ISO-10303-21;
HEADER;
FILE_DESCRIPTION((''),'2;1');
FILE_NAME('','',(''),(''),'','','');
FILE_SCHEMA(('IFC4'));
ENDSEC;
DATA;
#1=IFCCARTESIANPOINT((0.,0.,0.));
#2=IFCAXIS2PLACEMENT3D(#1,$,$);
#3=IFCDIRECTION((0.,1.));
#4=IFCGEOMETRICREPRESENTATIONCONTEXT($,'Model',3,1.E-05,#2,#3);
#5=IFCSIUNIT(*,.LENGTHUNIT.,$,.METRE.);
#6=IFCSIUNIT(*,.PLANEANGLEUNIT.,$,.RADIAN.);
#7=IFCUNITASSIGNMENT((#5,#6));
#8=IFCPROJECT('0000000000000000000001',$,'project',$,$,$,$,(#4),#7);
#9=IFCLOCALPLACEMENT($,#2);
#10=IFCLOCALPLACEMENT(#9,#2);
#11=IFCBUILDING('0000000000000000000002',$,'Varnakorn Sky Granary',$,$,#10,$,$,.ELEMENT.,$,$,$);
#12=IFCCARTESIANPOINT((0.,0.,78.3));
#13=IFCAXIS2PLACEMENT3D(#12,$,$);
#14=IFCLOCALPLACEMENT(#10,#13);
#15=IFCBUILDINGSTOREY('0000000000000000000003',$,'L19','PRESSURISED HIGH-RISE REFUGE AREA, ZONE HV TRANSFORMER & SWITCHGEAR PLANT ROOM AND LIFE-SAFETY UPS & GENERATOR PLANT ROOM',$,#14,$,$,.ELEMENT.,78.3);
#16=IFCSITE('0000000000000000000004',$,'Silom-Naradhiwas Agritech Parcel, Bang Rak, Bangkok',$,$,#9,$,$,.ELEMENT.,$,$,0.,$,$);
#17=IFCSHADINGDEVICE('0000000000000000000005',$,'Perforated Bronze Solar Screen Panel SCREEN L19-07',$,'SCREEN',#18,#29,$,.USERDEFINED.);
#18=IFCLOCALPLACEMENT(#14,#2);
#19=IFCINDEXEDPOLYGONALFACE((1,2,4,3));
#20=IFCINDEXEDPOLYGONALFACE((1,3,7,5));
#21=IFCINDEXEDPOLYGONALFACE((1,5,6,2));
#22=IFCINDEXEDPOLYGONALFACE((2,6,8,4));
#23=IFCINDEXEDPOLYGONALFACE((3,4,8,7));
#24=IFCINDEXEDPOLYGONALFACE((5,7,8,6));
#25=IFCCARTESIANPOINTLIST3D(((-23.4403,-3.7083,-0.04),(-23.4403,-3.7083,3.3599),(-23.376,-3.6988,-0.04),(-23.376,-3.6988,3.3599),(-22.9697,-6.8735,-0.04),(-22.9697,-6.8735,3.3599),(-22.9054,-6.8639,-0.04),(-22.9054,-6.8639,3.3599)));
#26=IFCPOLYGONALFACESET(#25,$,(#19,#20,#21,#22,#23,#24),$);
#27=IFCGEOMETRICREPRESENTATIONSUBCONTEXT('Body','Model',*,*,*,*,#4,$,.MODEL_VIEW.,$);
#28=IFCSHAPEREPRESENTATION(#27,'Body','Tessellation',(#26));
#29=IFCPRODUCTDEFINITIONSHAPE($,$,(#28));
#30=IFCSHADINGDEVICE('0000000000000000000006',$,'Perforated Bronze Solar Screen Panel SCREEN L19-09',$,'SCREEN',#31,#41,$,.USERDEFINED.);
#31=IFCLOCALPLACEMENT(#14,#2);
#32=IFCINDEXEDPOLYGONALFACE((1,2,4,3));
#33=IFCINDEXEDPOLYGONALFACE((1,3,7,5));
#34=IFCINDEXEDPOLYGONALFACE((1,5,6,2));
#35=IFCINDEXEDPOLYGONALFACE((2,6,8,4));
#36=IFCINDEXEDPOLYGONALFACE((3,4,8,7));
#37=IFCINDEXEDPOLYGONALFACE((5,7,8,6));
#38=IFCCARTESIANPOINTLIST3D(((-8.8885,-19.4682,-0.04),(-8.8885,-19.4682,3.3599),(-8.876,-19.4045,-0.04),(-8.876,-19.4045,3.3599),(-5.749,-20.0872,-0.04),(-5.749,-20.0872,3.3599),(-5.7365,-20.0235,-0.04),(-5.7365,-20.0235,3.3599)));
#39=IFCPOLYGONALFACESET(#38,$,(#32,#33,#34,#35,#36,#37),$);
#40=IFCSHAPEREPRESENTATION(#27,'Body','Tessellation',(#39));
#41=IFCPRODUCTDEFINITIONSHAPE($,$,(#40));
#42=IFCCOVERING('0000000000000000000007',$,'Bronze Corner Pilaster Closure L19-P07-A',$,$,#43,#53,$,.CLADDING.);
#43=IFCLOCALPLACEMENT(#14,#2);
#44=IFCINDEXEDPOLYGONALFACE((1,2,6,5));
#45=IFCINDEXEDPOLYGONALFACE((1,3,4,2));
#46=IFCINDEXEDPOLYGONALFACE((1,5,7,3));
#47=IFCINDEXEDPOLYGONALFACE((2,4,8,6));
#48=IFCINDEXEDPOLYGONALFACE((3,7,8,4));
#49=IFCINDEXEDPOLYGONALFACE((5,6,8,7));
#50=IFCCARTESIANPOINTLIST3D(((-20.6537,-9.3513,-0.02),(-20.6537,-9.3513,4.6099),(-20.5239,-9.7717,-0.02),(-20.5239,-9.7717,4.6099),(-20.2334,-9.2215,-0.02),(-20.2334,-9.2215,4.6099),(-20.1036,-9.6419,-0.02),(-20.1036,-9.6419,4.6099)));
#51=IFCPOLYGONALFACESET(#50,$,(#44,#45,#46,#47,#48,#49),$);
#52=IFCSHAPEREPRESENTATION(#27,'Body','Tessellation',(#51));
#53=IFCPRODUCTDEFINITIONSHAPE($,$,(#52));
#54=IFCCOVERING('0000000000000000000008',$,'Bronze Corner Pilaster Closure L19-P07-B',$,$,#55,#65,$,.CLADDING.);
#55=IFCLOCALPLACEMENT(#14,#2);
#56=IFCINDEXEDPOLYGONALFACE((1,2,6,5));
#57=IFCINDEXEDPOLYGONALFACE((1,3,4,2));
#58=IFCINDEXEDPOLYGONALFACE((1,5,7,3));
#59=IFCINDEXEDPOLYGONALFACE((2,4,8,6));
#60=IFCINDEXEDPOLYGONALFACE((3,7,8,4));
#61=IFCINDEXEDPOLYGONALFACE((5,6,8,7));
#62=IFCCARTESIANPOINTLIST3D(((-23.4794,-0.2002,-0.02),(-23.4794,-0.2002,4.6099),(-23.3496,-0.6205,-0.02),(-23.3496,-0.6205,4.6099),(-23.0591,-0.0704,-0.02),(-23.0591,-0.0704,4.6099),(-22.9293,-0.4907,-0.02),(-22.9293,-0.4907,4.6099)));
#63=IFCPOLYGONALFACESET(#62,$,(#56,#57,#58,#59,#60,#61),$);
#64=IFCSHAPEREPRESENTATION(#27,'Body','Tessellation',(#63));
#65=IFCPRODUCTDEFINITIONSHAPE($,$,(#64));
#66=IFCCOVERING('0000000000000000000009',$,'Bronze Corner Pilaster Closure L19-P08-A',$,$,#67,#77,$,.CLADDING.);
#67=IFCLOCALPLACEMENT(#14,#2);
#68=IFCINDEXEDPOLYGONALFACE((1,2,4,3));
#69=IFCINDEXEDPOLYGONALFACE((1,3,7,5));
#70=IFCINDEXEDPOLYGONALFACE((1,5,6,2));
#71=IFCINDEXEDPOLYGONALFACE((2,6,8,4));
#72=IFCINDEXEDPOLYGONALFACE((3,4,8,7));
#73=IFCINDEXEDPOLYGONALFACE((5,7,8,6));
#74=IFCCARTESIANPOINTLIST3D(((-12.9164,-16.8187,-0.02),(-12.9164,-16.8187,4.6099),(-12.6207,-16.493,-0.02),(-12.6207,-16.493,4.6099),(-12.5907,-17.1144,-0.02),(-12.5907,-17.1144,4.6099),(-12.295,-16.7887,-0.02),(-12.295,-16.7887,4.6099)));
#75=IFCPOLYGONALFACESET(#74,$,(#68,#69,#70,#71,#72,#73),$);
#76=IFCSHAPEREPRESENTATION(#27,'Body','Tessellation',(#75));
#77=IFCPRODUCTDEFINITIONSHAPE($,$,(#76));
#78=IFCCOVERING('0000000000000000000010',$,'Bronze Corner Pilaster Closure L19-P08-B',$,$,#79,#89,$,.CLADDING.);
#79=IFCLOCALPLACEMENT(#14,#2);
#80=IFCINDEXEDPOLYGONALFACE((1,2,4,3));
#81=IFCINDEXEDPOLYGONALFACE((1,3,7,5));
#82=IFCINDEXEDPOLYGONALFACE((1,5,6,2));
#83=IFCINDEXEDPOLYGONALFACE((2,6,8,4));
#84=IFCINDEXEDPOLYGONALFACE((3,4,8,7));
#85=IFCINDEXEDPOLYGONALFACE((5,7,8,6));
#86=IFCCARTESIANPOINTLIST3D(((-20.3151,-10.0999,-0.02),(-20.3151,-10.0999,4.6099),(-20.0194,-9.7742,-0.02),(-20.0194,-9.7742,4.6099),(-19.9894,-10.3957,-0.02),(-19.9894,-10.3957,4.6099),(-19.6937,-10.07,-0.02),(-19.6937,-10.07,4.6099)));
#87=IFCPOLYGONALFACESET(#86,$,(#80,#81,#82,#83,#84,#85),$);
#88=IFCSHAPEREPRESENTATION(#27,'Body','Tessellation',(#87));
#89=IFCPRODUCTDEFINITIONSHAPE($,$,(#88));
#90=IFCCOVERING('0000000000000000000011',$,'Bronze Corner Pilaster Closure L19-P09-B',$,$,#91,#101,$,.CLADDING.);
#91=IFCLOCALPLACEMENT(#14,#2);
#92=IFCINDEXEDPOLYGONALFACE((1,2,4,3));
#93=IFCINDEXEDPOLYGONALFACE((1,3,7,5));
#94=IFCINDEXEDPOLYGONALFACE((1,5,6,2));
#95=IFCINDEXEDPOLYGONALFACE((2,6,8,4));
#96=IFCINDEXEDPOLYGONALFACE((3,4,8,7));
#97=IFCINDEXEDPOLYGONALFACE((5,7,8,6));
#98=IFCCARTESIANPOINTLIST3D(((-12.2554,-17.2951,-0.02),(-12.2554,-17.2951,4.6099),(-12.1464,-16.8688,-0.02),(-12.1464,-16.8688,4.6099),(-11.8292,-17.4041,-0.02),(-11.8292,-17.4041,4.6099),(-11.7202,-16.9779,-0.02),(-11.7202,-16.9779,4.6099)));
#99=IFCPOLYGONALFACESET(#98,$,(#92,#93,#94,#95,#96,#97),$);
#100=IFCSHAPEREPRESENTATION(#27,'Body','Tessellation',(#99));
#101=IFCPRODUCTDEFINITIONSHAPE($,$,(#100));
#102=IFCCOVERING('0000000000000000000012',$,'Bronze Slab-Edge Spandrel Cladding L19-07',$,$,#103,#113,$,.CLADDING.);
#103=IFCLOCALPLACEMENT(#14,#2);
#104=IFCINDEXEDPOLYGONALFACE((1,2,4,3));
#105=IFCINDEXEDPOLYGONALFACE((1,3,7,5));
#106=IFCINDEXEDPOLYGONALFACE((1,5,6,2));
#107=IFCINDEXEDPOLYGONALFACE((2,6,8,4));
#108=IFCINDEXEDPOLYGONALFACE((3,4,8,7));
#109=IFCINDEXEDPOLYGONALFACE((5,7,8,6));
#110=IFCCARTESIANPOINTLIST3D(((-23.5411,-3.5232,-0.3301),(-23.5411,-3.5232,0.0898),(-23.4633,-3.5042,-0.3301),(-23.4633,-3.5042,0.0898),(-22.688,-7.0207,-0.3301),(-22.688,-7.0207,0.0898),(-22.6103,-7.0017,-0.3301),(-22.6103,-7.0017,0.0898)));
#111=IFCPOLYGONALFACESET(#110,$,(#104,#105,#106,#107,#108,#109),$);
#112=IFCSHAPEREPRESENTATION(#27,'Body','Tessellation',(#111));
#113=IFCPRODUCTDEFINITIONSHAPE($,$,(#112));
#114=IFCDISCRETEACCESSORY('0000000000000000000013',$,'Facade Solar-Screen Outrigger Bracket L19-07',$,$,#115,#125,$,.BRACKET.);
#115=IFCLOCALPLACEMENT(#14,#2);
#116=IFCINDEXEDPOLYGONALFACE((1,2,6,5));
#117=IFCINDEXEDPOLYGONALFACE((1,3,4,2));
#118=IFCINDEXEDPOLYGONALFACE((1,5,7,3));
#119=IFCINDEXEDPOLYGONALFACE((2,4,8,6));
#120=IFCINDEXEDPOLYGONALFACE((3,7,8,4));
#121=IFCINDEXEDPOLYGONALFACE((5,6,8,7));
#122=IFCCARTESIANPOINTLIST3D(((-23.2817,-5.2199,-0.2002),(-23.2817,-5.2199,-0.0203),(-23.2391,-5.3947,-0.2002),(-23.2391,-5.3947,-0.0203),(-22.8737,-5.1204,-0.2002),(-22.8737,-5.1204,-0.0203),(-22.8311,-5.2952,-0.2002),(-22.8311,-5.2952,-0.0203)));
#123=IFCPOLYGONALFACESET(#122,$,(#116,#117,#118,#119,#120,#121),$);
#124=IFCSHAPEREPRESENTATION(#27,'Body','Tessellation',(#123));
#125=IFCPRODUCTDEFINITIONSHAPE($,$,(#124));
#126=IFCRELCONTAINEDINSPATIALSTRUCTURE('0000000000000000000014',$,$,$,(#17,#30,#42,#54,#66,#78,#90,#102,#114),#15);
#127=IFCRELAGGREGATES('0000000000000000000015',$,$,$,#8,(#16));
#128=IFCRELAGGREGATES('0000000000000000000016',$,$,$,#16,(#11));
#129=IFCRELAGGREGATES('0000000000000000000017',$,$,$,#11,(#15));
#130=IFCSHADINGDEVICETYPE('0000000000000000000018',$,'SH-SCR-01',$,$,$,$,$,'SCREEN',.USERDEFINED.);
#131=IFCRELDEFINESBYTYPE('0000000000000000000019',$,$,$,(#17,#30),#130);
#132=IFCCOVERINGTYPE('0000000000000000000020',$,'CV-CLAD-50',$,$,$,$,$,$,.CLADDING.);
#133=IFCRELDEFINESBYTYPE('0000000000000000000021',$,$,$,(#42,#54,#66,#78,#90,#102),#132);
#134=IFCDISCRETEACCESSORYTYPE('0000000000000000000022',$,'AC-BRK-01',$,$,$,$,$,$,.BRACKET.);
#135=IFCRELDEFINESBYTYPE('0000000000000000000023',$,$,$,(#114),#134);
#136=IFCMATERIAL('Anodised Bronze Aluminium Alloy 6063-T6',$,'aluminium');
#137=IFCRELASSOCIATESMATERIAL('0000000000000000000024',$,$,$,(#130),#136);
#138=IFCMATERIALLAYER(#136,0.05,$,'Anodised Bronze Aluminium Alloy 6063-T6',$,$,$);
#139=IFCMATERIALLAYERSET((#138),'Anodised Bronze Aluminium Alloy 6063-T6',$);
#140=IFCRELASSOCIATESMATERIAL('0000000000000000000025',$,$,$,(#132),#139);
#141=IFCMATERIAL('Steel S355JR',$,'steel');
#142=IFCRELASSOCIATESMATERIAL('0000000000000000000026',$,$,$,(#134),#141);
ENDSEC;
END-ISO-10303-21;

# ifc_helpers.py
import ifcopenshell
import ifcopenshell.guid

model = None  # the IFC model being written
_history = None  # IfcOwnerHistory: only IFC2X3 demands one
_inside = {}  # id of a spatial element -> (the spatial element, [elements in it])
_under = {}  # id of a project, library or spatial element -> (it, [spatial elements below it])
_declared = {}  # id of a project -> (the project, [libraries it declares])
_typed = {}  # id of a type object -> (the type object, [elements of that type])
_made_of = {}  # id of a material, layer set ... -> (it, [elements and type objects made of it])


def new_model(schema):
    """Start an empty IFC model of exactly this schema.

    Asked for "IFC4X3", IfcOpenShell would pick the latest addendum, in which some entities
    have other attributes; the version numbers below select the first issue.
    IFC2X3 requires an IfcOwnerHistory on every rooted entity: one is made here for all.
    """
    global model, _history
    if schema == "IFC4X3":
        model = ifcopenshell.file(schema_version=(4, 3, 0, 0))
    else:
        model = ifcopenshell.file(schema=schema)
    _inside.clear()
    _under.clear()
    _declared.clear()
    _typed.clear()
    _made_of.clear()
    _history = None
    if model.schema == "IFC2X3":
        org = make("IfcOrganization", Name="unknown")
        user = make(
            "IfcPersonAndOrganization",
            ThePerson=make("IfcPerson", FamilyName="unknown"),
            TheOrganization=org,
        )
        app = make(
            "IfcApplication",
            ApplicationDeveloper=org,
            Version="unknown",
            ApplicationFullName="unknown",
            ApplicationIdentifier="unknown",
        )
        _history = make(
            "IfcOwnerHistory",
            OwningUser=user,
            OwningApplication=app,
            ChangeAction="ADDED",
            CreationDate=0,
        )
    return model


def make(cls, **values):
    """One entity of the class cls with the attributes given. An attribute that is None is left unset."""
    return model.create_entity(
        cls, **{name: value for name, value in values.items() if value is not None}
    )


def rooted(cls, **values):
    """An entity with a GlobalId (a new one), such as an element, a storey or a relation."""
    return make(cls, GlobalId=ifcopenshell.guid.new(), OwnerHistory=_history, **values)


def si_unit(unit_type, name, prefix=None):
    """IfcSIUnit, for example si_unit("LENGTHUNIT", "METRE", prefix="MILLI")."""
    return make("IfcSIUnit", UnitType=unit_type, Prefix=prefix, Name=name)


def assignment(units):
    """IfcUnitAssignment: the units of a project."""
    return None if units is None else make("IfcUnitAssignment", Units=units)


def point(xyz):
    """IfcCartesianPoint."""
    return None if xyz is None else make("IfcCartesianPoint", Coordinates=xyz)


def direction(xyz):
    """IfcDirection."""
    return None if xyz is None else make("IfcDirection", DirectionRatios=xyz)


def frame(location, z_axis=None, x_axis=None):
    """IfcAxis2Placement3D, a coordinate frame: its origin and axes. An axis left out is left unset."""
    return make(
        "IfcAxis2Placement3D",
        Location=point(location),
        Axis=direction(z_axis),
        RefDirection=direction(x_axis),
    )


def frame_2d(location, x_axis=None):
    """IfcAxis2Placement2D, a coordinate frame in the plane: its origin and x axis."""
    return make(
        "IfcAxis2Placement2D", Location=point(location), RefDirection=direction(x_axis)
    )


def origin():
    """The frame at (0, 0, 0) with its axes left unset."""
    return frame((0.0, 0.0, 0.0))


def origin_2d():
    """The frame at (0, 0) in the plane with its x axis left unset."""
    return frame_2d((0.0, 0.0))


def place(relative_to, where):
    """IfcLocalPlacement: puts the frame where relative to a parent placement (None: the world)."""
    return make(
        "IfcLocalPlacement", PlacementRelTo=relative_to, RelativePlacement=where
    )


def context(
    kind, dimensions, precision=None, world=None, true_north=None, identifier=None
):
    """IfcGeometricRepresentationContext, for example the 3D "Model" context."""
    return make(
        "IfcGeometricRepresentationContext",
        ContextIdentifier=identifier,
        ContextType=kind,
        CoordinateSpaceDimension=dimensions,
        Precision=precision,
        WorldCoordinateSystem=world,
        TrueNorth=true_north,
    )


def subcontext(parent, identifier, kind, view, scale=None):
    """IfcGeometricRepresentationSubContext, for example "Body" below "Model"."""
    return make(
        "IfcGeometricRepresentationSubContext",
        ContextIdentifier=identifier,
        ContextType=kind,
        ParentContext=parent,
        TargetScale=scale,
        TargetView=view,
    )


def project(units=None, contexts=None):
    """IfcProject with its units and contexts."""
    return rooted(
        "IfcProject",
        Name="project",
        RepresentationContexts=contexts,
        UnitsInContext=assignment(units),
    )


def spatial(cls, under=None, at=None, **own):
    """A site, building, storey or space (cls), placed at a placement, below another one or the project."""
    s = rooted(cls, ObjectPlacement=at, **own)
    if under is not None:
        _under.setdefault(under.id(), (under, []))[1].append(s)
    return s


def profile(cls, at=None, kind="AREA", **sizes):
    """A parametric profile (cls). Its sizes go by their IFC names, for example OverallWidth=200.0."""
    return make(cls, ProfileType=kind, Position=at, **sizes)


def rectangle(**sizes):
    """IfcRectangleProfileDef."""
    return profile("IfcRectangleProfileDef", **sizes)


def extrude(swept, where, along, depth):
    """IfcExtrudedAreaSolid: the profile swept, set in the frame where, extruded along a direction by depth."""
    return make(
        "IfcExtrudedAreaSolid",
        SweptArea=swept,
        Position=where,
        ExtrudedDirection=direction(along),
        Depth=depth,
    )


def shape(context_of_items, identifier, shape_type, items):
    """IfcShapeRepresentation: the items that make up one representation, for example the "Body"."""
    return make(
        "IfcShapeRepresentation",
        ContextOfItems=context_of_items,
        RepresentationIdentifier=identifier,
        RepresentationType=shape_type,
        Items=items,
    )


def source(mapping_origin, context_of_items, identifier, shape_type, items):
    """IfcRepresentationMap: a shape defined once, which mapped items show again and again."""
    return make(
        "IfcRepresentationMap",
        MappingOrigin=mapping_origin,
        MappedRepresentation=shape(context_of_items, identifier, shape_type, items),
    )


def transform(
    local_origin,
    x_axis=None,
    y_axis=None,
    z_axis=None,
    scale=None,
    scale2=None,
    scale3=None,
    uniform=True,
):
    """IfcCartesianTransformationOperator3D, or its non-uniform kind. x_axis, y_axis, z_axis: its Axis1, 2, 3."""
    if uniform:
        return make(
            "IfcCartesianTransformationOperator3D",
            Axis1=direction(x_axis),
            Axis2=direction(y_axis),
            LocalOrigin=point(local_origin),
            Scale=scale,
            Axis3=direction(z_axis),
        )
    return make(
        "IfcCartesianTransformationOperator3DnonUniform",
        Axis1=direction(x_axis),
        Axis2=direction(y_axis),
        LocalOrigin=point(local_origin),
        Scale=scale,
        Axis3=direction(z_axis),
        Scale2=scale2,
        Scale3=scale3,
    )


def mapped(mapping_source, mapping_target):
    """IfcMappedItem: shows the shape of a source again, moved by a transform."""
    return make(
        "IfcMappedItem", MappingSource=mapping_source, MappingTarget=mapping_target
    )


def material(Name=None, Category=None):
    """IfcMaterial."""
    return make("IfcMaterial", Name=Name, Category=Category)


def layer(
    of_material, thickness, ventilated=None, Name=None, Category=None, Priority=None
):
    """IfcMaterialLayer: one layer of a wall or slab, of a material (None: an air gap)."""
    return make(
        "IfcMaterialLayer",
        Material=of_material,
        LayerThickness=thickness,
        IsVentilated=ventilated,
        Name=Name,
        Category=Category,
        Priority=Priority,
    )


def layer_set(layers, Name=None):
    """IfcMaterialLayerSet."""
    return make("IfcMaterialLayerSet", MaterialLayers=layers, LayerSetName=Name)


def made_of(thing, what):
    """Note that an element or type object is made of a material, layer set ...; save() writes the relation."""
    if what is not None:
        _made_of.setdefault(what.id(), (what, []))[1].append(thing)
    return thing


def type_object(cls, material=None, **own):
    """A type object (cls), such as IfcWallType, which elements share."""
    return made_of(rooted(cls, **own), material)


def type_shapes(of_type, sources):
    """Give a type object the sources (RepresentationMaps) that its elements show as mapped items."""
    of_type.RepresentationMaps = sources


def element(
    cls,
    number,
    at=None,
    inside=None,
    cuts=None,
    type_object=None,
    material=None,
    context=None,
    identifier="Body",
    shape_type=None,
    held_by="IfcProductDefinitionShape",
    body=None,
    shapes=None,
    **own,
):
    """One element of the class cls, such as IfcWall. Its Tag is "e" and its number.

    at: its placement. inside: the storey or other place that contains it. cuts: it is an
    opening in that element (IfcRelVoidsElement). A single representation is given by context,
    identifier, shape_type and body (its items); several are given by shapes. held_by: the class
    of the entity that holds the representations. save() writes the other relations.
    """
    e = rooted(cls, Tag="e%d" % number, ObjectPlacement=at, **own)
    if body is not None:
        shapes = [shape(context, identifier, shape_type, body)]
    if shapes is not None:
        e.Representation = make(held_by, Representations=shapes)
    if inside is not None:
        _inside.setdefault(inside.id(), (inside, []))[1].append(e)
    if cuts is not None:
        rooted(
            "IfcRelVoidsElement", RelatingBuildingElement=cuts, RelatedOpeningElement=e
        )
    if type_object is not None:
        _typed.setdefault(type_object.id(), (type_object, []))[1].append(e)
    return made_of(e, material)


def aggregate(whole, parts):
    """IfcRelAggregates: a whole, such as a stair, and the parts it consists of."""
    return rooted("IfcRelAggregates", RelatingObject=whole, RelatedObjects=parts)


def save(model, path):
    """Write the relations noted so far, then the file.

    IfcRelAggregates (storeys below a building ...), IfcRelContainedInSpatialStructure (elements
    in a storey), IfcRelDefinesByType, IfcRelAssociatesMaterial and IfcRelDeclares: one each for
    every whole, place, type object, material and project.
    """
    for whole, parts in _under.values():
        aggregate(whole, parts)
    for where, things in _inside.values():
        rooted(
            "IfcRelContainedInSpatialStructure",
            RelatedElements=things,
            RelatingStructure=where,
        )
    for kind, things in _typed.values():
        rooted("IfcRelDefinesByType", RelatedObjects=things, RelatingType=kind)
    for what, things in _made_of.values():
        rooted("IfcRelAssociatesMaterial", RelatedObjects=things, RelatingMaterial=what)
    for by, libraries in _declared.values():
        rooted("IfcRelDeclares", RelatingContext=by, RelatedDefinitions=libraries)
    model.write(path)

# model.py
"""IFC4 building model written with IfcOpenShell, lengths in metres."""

from ifc_helpers import new_model, si_unit, direction, frame, origin, origin_2d, place, context, subcontext, project, spatial, rectangle, extrude, source, transform, mapped, material, layer, layer_set, type_object, type_shapes, element, save


model = new_model("IFC4")

# Units and contexts
model_context = context("Model", 3, precision=1e-05, world=origin(), true_north=direction((0.0, 1.0)))
body_context = subcontext(model_context, "Body", "Model", "MODEL_VIEW")
ifc_project = project(units=[si_unit("LENGTHUNIT", "METRE"), si_unit("PLANEANGLEUNIT", "RADIAN")], contexts=[model_context])

# Site, building, storey
site_placement = place(None, origin())
site = spatial("IfcSite", under=ifc_project, at=site_placement, Name="Silom-Naradhiwas Agritech Parcel, Bang Rak, Bangkok", CompositionType="ELEMENT", RefElevation=0.0)
building_placement = place(site_placement, origin())
building = spatial("IfcBuilding", under=site, at=building_placement, Name="Varnakorn Sky Granary", CompositionType="ELEMENT")
storey_placement = place(building_placement, frame((0.0, 0.0, 78.3)))
storey = spatial("IfcBuildingStorey", under=building, at=storey_placement, Name="L19", Description="PRESSURISED HIGH-RISE REFUGE AREA, ZONE HV TRANSFORMER & SWITCHGEAR PLANT ROOM AND LIFE-SAFETY UPS & GENERATOR PLANT ROOM", CompositionType="ELEMENT", Elevation=78.3)

# Shared definitions
ifc_material_1 = material(Name="Steel S355JR", Category="steel")

# Shading devices
ifc_material_2 = material(Name="Anodised Bronze Aluminium Alloy 6063-T6", Category="aluminium")
shading_device_type = type_object("IfcShadingDeviceType", Name="SH-SCR-01", ElementType="SCREEN", PredefinedType="USERDEFINED", material=ifc_material_2)
shared_shape_1 = source(origin(), body_context, "Body", "SweptSolid", [
    extrude(rectangle(XDim=3.2, YDim=0.0649, at=origin_2d()), origin(), (0.0, 0.0, 1.0), 3.3999),
])
type_shapes(shading_device_type, [shared_shape_1])
for number, where, z_axis, x_axis, name in (
    (1, (-23.1729, -5.2861, -0.04), (0.0, 0.0, 1.0), (0.147067, -0.989127, 0.0), "Perforated Bronze Solar Screen Panel SCREEN L19-07"),
    (2, (-7.3125, -19.7458, -0.04), (0.0, 0.0, 1.0), (0.981116, -0.193422, 0.0), "Perforated Bronze Solar Screen Panel SCREEN L19-09"),
):
    element("IfcShadingDevice", number, at=place(storey_placement, frame(where, z_axis=z_axis, x_axis=x_axis)), inside=storey, type_object=shading_device_type, Name=name, ObjectType="SCREEN", PredefinedType="USERDEFINED", context=body_context, shape_type="MappedRepresentation", body=[
        mapped(shared_shape_1, transform((0.0, 0.0, 0.0), x_axis=(1.0, 0.0, 0.0), y_axis=(0.0, 1.0, 0.0), z_axis=(0.0, 0.0, 1.0), scale=1.0)),
    ])

# Coverings
ifc_layer_1 = layer(ifc_material_2, 0.05, Name="Anodised Bronze Aluminium Alloy 6063-T6")
ifc_layer_set_1 = layer_set([ifc_layer_1], Name="Anodised Bronze Aluminium Alloy 6063-T6")
covering_type = type_object("IfcCoveringType", Name="CV-CLAD-50", PredefinedType="CLADDING", material=ifc_layer_set_1)
shared_shape_2 = source(origin(), body_context, "Body", "SweptSolid", [
    extrude(rectangle(XDim=0.4399, YDim=0.4399, at=origin_2d()), origin(), (0.0, 0.0, 1.0), 4.6299),
])
for number, where, z_axis, x_axis, name in (
    (3, (-20.3787, -9.4966, -0.02), (0.0, 0.0, 1.0), (-0.295041, 0.955485, 0.0), "Bronze Corner Pilaster Closure L19-P07-A"),
    (4, (-23.2043, -0.3455, -0.02), (0.0, 0.0, 1.0), (-0.295041, 0.955485, 0.0), "Bronze Corner Pilaster Closure L19-P07-B"),
    (5, (-12.6057, -16.8037, -0.02), (0.0, 0.0, 1.0), (-0.740335, 0.672238, 0.0), "Bronze Corner Pilaster Closure L19-P08-A"),
    (6, (-20.0044, -10.085, -0.02), (0.0, 0.0, 1.0), (-0.740335, 0.672238, 0.0), "Bronze Corner Pilaster Closure L19-P08-B"),
    (7, (-11.9878, -17.1365, -0.02), (0.0, 0.0, 1.0), (-0.9688, 0.247845, 0.0), "Bronze Corner Pilaster Closure L19-P09-B"),
):
    element("IfcCovering", number, at=place(storey_placement, frame(where, z_axis=z_axis, x_axis=x_axis)), inside=storey, type_object=covering_type, Name=name, PredefinedType="CLADDING", context=body_context, shape_type="MappedRepresentation", body=[
        mapped(shared_shape_2, transform((0.0, 0.0, 0.0), x_axis=(1.0, 0.0, 0.0), y_axis=(0.0, 1.0, 0.0), z_axis=(0.0, 0.0, 1.0), scale=1.0)),
    ])
shared_shape_3 = source(origin(), body_context, "Body", "SweptSolid", [
    extrude(rectangle(XDim=3.6001, YDim=0.0801, at=origin_2d()), origin(), (0.0, 0.0, 1.0), 0.4199),
])
type_shapes(covering_type, [shared_shape_2, shared_shape_3])
covering_placement = place(storey_placement, frame((-23.0757, -5.2625, -0.3301), z_axis=(0.0, 0.0, 1.0), x_axis=(0.236956, -0.97152, 0.0)))
element("IfcCovering", 8, at=covering_placement, inside=storey, type_object=covering_type, Name="Bronze Slab-Edge Spandrel Cladding L19-07", PredefinedType="CLADDING", context=body_context, shape_type="MappedRepresentation", body=[
    mapped(shared_shape_3, transform((0.0, 0.0, 0.0), x_axis=(1.0, 0.0, 0.0), y_axis=(0.0, 1.0, 0.0), z_axis=(0.0, 0.0, 1.0), scale=1.0)),
])

# Discrete accessory
discrete_accessory_type = type_object("IfcDiscreteAccessoryType", Name="AC-BRK-01", PredefinedType="BRACKET", material=ifc_material_1)
shared_shape_4 = source(origin(), body_context, "Body", "SweptSolid", [
    extrude(rectangle(XDim=0.1799, YDim=0.4199, at=origin_2d()), origin(), (0.0, 0.0, 1.0), 0.1799),
])
type_shapes(discrete_accessory_type, [shared_shape_4])
discrete_accessory_placement = place(storey_placement, frame((-23.0564, -5.2576, -0.2002), z_axis=(0.0, 0.0, 1.0), x_axis=(0.236956, -0.97152, 0.0)))
element("IfcDiscreteAccessory", 9, at=discrete_accessory_placement, inside=storey, type_object=discrete_accessory_type, Name="Facade Solar-Screen Outrigger Bracket L19-07", PredefinedType="BRACKET", context=body_context, shape_type="MappedRepresentation", body=[
    mapped(shared_shape_4, transform((0.0, 0.0, 0.0), x_axis=(1.0, 0.0, 0.0), y_axis=(0.0, 1.0, 0.0), z_axis=(0.0, 0.0, 1.0), scale=1.0)),
])

save(model, "model.ifc")
